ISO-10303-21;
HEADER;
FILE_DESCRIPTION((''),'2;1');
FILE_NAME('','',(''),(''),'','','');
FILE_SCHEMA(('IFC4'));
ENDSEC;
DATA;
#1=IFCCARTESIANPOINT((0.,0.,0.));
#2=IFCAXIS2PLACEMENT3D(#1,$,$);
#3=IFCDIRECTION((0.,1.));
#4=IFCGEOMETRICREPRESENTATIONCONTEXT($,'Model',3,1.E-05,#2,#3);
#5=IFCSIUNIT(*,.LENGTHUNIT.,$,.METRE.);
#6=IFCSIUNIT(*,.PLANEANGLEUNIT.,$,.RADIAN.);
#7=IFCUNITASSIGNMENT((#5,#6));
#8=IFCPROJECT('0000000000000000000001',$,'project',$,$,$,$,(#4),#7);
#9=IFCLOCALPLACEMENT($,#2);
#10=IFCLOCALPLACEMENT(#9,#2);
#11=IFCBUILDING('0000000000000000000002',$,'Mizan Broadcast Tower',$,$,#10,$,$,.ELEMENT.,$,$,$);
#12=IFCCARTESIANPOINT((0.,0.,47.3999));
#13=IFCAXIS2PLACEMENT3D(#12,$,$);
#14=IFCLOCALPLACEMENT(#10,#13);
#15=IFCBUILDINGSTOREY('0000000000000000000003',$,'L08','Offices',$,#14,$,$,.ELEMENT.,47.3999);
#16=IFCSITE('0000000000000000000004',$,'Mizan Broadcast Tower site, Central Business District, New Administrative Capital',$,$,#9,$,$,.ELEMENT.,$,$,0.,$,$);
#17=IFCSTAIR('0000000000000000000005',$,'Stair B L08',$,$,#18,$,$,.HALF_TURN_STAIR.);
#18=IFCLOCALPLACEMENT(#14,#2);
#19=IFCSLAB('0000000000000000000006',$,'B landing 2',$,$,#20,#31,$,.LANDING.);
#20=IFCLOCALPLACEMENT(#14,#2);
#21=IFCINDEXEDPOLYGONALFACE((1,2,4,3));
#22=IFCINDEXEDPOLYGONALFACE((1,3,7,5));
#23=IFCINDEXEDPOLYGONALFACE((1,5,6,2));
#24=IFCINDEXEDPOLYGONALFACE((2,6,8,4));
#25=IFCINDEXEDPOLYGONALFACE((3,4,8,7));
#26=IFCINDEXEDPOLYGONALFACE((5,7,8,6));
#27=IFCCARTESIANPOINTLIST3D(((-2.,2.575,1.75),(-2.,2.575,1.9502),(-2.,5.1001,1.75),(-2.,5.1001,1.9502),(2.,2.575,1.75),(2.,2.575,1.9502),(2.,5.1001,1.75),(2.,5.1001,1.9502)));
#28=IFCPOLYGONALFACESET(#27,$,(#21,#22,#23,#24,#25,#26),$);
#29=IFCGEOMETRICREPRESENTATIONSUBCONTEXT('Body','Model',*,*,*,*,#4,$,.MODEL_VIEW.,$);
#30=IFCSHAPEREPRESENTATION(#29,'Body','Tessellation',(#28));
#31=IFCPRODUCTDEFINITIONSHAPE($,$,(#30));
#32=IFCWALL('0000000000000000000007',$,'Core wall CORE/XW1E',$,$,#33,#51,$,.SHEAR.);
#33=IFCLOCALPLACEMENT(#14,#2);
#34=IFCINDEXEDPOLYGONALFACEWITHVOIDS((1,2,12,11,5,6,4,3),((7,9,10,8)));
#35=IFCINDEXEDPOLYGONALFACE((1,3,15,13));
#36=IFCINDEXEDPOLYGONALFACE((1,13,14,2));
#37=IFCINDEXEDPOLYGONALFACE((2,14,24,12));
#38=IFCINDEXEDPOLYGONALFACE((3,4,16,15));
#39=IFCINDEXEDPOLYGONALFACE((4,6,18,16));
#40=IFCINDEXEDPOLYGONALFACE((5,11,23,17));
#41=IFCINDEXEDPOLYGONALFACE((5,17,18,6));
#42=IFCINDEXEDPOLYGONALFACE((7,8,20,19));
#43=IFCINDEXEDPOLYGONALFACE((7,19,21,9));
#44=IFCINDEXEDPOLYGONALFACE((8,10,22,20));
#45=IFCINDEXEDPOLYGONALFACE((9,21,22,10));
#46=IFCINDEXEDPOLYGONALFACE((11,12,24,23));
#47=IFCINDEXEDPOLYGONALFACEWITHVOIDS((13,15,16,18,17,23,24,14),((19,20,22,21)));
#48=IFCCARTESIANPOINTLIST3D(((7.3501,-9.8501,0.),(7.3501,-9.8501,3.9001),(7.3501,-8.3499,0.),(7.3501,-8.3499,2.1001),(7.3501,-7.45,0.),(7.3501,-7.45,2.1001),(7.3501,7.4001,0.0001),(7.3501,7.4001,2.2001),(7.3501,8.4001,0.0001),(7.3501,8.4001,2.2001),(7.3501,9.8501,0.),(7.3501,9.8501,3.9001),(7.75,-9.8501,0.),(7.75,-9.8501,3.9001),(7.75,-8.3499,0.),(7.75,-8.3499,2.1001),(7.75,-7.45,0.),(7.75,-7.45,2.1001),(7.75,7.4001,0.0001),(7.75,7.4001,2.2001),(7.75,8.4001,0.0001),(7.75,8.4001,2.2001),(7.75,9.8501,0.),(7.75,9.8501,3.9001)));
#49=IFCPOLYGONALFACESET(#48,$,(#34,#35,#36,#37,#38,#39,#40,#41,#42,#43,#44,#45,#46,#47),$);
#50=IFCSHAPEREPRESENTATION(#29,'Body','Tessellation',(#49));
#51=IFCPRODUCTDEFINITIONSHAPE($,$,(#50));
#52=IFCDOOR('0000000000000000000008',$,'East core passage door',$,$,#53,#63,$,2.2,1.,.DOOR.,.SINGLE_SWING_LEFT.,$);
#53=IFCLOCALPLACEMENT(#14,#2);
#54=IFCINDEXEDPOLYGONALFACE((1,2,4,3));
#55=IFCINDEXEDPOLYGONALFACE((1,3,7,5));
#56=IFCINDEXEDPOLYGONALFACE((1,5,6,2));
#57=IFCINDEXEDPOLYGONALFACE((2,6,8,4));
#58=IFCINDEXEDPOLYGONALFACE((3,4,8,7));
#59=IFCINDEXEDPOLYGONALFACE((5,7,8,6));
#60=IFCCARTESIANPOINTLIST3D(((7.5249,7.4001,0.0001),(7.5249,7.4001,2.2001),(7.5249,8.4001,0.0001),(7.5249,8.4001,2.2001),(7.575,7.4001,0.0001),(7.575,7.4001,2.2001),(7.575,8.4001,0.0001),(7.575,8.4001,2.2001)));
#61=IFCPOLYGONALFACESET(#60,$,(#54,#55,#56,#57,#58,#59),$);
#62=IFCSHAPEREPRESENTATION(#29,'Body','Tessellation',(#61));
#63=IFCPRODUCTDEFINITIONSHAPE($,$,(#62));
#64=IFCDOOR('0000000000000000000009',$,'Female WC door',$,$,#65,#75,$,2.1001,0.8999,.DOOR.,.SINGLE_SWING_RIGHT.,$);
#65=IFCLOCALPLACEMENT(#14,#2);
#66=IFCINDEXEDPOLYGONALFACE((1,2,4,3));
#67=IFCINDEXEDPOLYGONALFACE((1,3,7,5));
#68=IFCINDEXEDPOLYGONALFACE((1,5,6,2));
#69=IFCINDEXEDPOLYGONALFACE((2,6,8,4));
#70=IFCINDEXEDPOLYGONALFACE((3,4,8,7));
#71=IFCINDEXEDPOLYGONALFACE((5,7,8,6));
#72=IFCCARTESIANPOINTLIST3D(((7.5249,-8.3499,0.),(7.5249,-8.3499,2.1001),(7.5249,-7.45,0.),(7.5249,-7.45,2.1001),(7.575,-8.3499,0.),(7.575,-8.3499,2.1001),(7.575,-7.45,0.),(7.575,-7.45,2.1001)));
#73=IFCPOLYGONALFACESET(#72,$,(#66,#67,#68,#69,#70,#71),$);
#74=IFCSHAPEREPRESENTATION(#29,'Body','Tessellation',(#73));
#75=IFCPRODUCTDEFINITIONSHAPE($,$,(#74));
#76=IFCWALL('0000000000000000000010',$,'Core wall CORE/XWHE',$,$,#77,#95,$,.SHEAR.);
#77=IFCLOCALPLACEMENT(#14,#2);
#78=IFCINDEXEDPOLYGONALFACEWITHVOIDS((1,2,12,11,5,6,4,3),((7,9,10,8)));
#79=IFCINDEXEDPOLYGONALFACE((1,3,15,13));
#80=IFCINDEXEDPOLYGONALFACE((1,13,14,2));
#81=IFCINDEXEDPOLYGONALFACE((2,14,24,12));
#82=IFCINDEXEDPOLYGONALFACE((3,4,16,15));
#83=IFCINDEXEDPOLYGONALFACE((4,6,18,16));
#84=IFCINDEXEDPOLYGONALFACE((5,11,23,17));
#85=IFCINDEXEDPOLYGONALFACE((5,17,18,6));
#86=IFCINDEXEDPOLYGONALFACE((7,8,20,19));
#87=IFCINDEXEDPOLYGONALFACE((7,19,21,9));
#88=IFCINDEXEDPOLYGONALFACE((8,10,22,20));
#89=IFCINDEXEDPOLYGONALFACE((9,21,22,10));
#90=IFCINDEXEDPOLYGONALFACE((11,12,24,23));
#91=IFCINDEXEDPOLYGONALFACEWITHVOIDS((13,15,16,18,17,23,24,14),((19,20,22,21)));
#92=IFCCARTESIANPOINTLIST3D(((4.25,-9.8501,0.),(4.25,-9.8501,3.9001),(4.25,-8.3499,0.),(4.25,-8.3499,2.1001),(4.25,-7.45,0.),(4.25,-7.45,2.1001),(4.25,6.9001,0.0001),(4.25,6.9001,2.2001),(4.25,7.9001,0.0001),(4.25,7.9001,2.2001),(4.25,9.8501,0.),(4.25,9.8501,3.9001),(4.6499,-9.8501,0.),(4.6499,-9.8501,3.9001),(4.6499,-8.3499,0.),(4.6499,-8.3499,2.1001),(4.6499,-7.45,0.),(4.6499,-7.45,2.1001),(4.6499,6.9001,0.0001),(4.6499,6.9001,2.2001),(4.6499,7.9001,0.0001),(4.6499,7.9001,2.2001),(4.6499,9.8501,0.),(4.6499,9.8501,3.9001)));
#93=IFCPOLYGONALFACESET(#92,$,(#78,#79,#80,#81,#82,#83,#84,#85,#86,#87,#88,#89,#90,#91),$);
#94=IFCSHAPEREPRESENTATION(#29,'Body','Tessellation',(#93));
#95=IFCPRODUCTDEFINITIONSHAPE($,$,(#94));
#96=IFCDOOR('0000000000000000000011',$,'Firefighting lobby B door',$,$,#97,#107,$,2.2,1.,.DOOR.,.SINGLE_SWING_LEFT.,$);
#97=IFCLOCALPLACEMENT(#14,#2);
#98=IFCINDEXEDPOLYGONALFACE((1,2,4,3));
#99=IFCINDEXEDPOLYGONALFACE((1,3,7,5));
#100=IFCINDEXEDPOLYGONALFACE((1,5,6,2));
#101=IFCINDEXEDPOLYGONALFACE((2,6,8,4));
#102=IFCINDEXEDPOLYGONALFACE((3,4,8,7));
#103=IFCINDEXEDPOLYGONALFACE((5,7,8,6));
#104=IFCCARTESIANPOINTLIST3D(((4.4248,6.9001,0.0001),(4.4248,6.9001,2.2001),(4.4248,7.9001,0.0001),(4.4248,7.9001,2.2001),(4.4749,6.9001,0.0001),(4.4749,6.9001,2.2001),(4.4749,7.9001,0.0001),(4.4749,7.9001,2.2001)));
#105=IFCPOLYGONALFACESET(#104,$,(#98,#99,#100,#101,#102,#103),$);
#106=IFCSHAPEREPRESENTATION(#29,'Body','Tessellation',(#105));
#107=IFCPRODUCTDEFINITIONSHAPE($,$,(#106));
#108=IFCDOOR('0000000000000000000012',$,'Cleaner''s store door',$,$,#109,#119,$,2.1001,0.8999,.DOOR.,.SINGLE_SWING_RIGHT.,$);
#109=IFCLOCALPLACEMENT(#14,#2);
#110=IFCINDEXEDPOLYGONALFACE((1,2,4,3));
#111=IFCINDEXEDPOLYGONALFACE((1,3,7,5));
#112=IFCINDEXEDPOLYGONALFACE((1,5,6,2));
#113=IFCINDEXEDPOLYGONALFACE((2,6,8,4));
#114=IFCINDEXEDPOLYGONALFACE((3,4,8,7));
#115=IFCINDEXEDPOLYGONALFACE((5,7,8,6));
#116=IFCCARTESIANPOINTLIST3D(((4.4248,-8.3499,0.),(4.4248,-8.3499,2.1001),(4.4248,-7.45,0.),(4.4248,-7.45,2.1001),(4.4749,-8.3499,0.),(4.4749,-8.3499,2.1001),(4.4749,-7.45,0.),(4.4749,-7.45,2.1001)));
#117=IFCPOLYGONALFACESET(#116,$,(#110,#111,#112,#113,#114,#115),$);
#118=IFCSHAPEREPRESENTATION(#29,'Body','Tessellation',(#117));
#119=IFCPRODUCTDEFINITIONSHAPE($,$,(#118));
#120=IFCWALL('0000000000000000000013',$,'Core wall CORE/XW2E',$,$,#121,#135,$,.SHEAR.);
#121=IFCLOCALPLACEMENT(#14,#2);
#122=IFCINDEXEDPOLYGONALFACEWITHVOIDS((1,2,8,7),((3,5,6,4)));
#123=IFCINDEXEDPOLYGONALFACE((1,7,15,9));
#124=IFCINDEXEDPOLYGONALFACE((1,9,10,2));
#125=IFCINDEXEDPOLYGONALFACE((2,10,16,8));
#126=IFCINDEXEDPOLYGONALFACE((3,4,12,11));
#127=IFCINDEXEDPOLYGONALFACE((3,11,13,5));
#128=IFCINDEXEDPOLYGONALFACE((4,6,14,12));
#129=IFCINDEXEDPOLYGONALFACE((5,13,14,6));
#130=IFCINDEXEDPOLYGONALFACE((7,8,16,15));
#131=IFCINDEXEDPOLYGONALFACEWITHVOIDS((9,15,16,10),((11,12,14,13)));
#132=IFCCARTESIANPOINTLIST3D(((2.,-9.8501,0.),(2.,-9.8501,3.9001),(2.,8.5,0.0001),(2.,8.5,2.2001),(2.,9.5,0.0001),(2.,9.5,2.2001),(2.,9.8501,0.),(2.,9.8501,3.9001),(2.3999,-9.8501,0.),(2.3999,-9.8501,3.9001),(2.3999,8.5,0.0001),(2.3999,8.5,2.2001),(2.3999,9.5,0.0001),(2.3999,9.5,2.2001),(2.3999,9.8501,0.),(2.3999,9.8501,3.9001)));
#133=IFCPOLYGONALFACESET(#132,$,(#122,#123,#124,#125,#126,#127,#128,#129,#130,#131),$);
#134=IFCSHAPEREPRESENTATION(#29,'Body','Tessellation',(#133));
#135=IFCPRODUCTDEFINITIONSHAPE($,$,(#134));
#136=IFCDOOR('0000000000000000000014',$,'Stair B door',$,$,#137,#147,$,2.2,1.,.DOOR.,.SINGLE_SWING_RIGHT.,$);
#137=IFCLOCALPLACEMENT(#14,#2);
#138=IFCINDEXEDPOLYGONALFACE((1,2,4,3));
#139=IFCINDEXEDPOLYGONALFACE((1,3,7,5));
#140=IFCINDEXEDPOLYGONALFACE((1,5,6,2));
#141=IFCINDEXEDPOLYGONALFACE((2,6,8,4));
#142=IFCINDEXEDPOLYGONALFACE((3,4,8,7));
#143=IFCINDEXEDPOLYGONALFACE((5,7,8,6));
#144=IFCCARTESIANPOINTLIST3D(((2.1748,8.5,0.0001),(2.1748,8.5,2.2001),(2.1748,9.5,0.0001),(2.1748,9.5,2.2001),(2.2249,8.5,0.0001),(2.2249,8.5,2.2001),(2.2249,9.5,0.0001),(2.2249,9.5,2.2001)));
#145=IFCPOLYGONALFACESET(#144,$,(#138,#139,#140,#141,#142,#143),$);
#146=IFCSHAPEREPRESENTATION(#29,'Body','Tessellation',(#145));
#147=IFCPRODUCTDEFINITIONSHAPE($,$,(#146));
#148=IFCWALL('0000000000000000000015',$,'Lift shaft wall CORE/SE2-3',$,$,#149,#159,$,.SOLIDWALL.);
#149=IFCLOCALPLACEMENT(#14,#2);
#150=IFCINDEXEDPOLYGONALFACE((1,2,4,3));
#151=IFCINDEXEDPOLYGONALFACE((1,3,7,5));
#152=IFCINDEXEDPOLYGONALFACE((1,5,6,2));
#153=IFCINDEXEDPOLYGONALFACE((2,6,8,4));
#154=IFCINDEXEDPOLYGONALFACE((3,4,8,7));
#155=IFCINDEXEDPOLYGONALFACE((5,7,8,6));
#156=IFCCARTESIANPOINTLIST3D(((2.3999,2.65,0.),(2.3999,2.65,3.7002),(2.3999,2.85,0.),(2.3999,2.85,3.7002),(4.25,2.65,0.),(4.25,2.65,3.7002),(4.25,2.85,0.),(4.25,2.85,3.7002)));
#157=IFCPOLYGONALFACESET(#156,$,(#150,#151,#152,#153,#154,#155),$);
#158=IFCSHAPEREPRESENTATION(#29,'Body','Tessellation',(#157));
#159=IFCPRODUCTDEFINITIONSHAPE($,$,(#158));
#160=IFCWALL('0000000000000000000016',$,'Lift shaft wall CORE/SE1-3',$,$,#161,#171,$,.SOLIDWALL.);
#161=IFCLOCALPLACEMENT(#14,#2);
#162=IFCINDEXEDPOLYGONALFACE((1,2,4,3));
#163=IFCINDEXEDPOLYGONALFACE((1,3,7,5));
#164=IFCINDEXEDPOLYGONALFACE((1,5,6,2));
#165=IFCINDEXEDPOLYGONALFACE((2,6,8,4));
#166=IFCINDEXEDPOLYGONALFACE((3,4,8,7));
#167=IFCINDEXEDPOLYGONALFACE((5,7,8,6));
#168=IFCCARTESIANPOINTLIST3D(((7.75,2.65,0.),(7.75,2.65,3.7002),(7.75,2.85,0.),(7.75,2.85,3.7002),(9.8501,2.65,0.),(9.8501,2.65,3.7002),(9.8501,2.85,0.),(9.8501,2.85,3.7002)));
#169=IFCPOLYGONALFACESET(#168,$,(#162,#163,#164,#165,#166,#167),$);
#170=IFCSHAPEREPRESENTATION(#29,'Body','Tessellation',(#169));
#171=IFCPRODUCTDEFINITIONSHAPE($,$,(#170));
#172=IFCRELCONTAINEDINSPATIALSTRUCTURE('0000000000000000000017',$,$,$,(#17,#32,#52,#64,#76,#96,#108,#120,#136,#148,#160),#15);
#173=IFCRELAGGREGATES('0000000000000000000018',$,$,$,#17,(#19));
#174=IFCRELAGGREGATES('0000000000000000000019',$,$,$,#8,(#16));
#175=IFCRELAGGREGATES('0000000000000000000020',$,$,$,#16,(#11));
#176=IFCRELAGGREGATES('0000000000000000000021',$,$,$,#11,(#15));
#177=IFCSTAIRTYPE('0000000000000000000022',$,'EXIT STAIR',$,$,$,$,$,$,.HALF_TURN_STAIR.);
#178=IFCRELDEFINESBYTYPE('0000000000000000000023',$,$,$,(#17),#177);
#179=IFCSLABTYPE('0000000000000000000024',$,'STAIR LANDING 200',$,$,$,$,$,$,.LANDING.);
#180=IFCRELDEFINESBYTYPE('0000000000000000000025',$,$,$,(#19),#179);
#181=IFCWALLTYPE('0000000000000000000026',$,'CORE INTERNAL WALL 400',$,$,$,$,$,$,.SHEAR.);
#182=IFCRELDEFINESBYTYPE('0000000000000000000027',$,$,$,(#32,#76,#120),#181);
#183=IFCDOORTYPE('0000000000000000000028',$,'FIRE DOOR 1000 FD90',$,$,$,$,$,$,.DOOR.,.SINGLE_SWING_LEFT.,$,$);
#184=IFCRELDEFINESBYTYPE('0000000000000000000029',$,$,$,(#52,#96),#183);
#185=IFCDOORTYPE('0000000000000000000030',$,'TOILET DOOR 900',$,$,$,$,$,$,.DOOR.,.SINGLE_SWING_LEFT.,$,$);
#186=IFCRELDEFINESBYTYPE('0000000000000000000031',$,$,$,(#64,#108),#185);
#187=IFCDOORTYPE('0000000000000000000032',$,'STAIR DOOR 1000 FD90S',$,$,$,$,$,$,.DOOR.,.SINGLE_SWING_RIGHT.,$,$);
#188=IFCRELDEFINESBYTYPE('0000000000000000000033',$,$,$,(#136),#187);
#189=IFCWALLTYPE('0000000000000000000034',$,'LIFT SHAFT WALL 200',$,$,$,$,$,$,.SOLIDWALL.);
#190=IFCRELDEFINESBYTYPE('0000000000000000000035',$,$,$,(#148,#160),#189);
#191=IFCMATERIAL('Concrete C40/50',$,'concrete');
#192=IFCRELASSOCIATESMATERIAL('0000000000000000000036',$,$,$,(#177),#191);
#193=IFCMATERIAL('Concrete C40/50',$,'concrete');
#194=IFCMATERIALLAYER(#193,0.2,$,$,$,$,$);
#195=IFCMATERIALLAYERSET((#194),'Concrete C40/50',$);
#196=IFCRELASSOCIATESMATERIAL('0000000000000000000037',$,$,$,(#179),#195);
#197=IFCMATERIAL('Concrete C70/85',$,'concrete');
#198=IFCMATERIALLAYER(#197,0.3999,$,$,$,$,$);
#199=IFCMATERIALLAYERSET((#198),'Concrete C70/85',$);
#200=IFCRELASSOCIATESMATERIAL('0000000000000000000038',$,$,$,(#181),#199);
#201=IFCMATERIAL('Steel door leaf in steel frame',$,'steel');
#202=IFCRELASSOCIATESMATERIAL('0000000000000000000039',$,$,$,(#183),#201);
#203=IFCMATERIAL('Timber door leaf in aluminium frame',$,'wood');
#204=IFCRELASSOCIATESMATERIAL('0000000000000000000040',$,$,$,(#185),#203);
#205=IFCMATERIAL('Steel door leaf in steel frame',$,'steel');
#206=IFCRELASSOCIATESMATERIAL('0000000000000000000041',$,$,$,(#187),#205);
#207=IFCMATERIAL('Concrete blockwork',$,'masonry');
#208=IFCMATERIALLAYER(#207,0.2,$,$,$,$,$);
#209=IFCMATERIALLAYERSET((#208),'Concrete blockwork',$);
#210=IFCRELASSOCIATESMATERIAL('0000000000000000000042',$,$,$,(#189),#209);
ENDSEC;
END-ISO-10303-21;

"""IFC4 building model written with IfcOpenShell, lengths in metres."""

from ifc_helpers import new_model, si_unit, direction, frame, frame_2d, origin, place, context, subcontext, project, spatial, polyline, rectangle, outline, extrude, material, layer, layer_set, type_object, element, fill, aggregate, save


model = new_model("IFC4")

# Units and contexts
model_context = context("Model", 3, precision=1e-05, world=origin(), true_north=direction((0.0, 1.0)))
body_context = subcontext(model_context, "Body", "Model", "MODEL_VIEW")
ifc_project = project(units=[si_unit("LENGTHUNIT", "METRE"), si_unit("PLANEANGLEUNIT", "RADIAN")], contexts=[model_context])

# Site, building, storey
site_placement = place(None, origin())
site = spatial("IfcSite", under=ifc_project, at=site_placement, Name="Mizan Broadcast Tower site, Central Business District, New Administrative Capital", CompositionType="ELEMENT", RefElevation=0.0)
building_placement = place(site_placement, origin())
building = spatial("IfcBuilding", under=site, at=building_placement, Name="Mizan Broadcast Tower", CompositionType="ELEMENT")
storey_placement = place(building_placement, frame((0.0, 0.0, 47.3999)))
storey = spatial("IfcBuildingStorey", under=building, at=storey_placement, Name="L08", Description="Offices", CompositionType="ELEMENT", Elevation=47.3999)

# Stair, slab
ifc_material_1 = material(Name="Concrete C40/50", Category="concrete")
stair_type = type_object("IfcStairType", Name="EXIT STAIR", PredefinedType="HALF_TURN_STAIR", material=ifc_material_1)
ifc_material_2 = material(Name="Concrete C40/50", Category="concrete")
ifc_layer_1 = layer(ifc_material_2, 0.2)
ifc_layer_set_1 = layer_set([ifc_layer_1], Name="Concrete C40/50")
slab_type = type_object("IfcSlabType", Name="STAIR LANDING 200", PredefinedType="LANDING", material=ifc_layer_set_1)
stair_1_placement = place(storey_placement, origin())
stair_1 = element("IfcStair", 1, at=stair_1_placement, inside=storey, type_object=stair_type, Name="Stair B L08", PredefinedType="HALF_TURN_STAIR")
slab_1_placement = place(storey_placement, frame((0.0, 0.0, 1.75)))
slab_1 = element("IfcSlab", 2, at=slab_1_placement, type_object=slab_type, Name="B landing 2", PredefinedType="LANDING", context=body_context, shape_type="SweptSolid", body=[
    extrude(outline(polyline([(2.0, 5.1001), (2.0, 2.575), (-2.0, 2.575), (-2.0, 5.1001), (2.0, 5.1001)])), origin(), (0.0, 0.0, 1.0), 0.2002),
])

# Walls, openings, doors
ifc_material_3 = material(Name="Concrete C70/85", Category="concrete")
ifc_layer_2 = layer(ifc_material_3, 0.3999)
ifc_layer_set_2 = layer_set([ifc_layer_2], Name="Concrete C70/85")
wall_type_1 = type_object("IfcWallType", Name="CORE INTERNAL WALL 400", PredefinedType="SHEAR", material=ifc_layer_set_2)
wall_1_placement = place(storey_placement, frame((7.55, 9.8501, 0.0), z_axis=(0.0, 0.0, 1.0), x_axis=(0.0, -1.0, 0.0)))
wall_1 = element("IfcWall", 3, at=wall_1_placement, inside=storey, type_object=wall_type_1, Name="Core wall CORE/XW1E", PredefinedType="SHEAR", context=body_context, shape_type="SweptSolid", body=[
    extrude(rectangle(XDim=19.7002, YDim=0.3999, at=frame_2d((9.8501, 0.0))), origin(), (0.0, 0.0, 1.0), 3.9001),
])
opening_1_placement = place(wall_1_placement, frame((1.45, 0.0, 0.0)))
opening_1 = element("IfcOpeningElement", 4, at=opening_1_placement, cuts=wall_1, PredefinedType="OPENING", context=body_context, shape_type="SweptSolid", body=[
    extrude(rectangle(XDim=1.0, YDim=2.2, at=frame_2d((0.5, 1.1001))), frame((0.0, 0.21, 0.0), z_axis=(0.0, -1.0, 0.0), x_axis=(1.0, 0.0, 0.0)), (0.0, 0.0, 1.0), 0.4199),
])
opening_2_placement = place(wall_1_placement, frame((17.3, 0.0, 0.0)))
opening_2 = element("IfcOpeningElement", 5, at=opening_2_placement, cuts=wall_1, PredefinedType="OPENING", context=body_context, shape_type="SweptSolid", body=[
    extrude(rectangle(XDim=0.8999, YDim=2.1001, at=frame_2d((0.45, 1.05))), frame((0.0, 0.21, 0.0), z_axis=(0.0, -1.0, 0.0), x_axis=(1.0, 0.0, 0.0)), (0.0, 0.0, 1.0), 0.4199),
])
ifc_material_4 = material(Name="Steel door leaf in steel frame", Category="steel")
door_type_1 = type_object("IfcDoorType", Name="FIRE DOOR 1000 FD90", OperationType="SINGLE_SWING_LEFT", PredefinedType="DOOR", material=ifc_material_4)
door_1_placement = place(opening_1_placement, origin())
door_1 = element("IfcDoor", 6, at=door_1_placement, inside=storey, type_object=door_type_1, Name="East core passage door", OperationType="SINGLE_SWING_LEFT", OverallHeight=2.2, OverallWidth=1.0, PredefinedType="DOOR", context=body_context, shape_type="SweptSolid", body=[
    extrude(rectangle(XDim=1.0, YDim=2.2, at=frame_2d((0.5, 1.1001))), frame((0.0, 0.0249, 0.0), z_axis=(0.0, -1.0, 0.0), x_axis=(1.0, 0.0, 0.0)), (0.0, 0.0, 1.0), 0.05),
])
fill(opening_1, door_1)
ifc_material_5 = material(Name="Timber door leaf in aluminium frame", Category="wood")
door_type_2 = type_object("IfcDoorType", Name="TOILET DOOR 900", OperationType="SINGLE_SWING_LEFT", PredefinedType="DOOR", material=ifc_material_5)
door_2_placement = place(opening_2_placement, origin())
door_2 = element("IfcDoor", 7, at=door_2_placement, inside=storey, type_object=door_type_2, Name="Female WC door", OperationType="SINGLE_SWING_RIGHT", OverallHeight=2.1001, OverallWidth=0.8999, PredefinedType="DOOR", context=body_context, shape_type="SweptSolid", body=[
    extrude(rectangle(XDim=0.8999, YDim=2.1001, at=frame_2d((0.45, 1.05))), frame((0.0, 0.0249, 0.0), z_axis=(0.0, -1.0, 0.0), x_axis=(1.0, 0.0, 0.0)), (0.0, 0.0, 1.0), 0.05),
])
fill(opening_2, door_2)
wall_2_placement = place(storey_placement, frame((4.45, 9.8501, 0.0), z_axis=(0.0, 0.0, 1.0), x_axis=(0.0, -1.0, 0.0)))
wall_2 = element("IfcWall", 8, at=wall_2_placement, inside=storey, type_object=wall_type_1, Name="Core wall CORE/XWHE", PredefinedType="SHEAR", context=body_context, shape_type="SweptSolid", body=[
    extrude(rectangle(XDim=19.7002, YDim=0.3999, at=frame_2d((9.8501, 0.0))), origin(), (0.0, 0.0, 1.0), 3.9001),
])
opening_3_placement = place(wall_2_placement, frame((1.95, 0.0, 0.0)))
opening_3 = element("IfcOpeningElement", 9, at=opening_3_placement, cuts=wall_2, PredefinedType="OPENING", context=body_context, shape_type="SweptSolid", body=[
    extrude(rectangle(XDim=1.0, YDim=2.2, at=frame_2d((0.5, 1.1001))), frame((0.0, 0.21, 0.0), z_axis=(0.0, -1.0, 0.0), x_axis=(1.0, 0.0, 0.0)), (0.0, 0.0, 1.0), 0.4199),
])
opening_4_placement = place(wall_2_placement, frame((17.3, 0.0, 0.0)))
opening_4 = element("IfcOpeningElement", 10, at=opening_4_placement, cuts=wall_2, PredefinedType="OPENING", context=body_context, shape_type="SweptSolid", body=[
    extrude(rectangle(XDim=0.8999, YDim=2.1001, at=frame_2d((0.45, 1.05))), frame((0.0, 0.21, 0.0), z_axis=(0.0, -1.0, 0.0), x_axis=(1.0, 0.0, 0.0)), (0.0, 0.0, 1.0), 0.4199),
])
door_3_placement = place(opening_3_placement, origin())
door_3 = element("IfcDoor", 11, at=door_3_placement, inside=storey, type_object=door_type_1, Name="Firefighting lobby B door", OperationType="SINGLE_SWING_LEFT", OverallHeight=2.2, OverallWidth=1.0, PredefinedType="DOOR", context=body_context, shape_type="SweptSolid", body=[
    extrude(rectangle(XDim=1.0, YDim=2.2, at=frame_2d((0.5, 1.1001))), frame((0.0, 0.0249, 0.0), z_axis=(0.0, -1.0, 0.0), x_axis=(1.0, 0.0, 0.0)), (0.0, 0.0, 1.0), 0.05),
])
fill(opening_3, door_3)
door_4_placement = place(opening_4_placement, origin())
door_4 = element("IfcDoor", 12, at=door_4_placement, inside=storey, type_object=door_type_2, Name="Cleaner's store door", OperationType="SINGLE_SWING_RIGHT", OverallHeight=2.1001, OverallWidth=0.8999, PredefinedType="DOOR", context=body_context, shape_type="SweptSolid", body=[
    extrude(rectangle(XDim=0.8999, YDim=2.1001, at=frame_2d((0.45, 1.05))), frame((0.0, 0.0249, 0.0), z_axis=(0.0, -1.0, 0.0), x_axis=(1.0, 0.0, 0.0)), (0.0, 0.0, 1.0), 0.05),
])
fill(opening_4, door_4)

# Wall, opening, door
wall_3_placement = place(storey_placement, frame((2.2, 9.8501, 0.0), z_axis=(0.0, 0.0, 1.0), x_axis=(0.0, -1.0, 0.0)))
wall_3 = element("IfcWall", 13, at=wall_3_placement, inside=storey, type_object=wall_type_1, Name="Core wall CORE/XW2E", PredefinedType="SHEAR", context=body_context, shape_type="SweptSolid", body=[
    extrude(rectangle(XDim=19.7002, YDim=0.3999, at=frame_2d((9.8501, 0.0))), origin(), (0.0, 0.0, 1.0), 3.9001),
])
opening_5_placement = place(wall_3_placement, frame((0.3501, 0.0, 0.0)))
opening_5 = element("IfcOpeningElement", 14, at=opening_5_placement, cuts=wall_3, PredefinedType="OPENING", context=body_context, shape_type="SweptSolid", body=[
    extrude(rectangle(XDim=1.0, YDim=2.2, at=frame_2d((0.5, 1.1001))), frame((0.0, 0.21, 0.0), z_axis=(0.0, -1.0, 0.0), x_axis=(1.0, 0.0, 0.0)), (0.0, 0.0, 1.0), 0.4199),
])
ifc_material_6 = material(Name="Steel door leaf in steel frame", Category="steel")
door_type_3 = type_object("IfcDoorType", Name="STAIR DOOR 1000 FD90S", OperationType="SINGLE_SWING_RIGHT", PredefinedType="DOOR", material=ifc_material_6)
door_5_placement = place(opening_5_placement, origin())
door_5 = element("IfcDoor", 15, at=door_5_placement, inside=storey, type_object=door_type_3, Name="Stair B door", OperationType="SINGLE_SWING_RIGHT", OverallHeight=2.2, OverallWidth=1.0, PredefinedType="DOOR", context=body_context, shape_type="SweptSolid", body=[
    extrude(rectangle(XDim=1.0, YDim=2.2, at=frame_2d((0.5, 1.1001))), frame((0.0, 0.0249, 0.0), z_axis=(0.0, -1.0, 0.0), x_axis=(1.0, 0.0, 0.0)), (0.0, 0.0, 1.0), 0.05),
])
fill(opening_5, door_5)

# Walls
ifc_material_7 = material(Name="Concrete blockwork", Category="masonry")
ifc_layer_3 = layer(ifc_material_7, 0.2)
ifc_layer_set_3 = layer_set([ifc_layer_3], Name="Concrete blockwork")
wall_type_2 = type_object("IfcWallType", Name="LIFT SHAFT WALL 200", PredefinedType="SOLIDWALL", material=ifc_layer_set_3)
wall_4_placement = place(storey_placement, frame((2.3999, 2.75, 0.0), z_axis=(0.0, 0.0, 1.0), x_axis=(1.0, 0.0, 0.0)))
element("IfcWall", 16, at=wall_4_placement, inside=storey, type_object=wall_type_2, Name="Lift shaft wall CORE/SE2-3", PredefinedType="SOLIDWALL", context=body_context, shape_type="SweptSolid", body=[
    extrude(rectangle(XDim=1.8501, YDim=0.2, at=frame_2d((0.925, 0.0))), origin(), (0.0, 0.0, 1.0), 3.7002),
])
wall_5_placement = place(storey_placement, frame((7.75, 2.75, 0.0), z_axis=(0.0, 0.0, 1.0), x_axis=(1.0, 0.0, 0.0)))
element("IfcWall", 17, at=wall_5_placement, inside=storey, type_object=wall_type_2, Name="Lift shaft wall CORE/SE1-3", PredefinedType="SOLIDWALL", context=body_context, shape_type="SweptSolid", body=[
    extrude(rectangle(XDim=2.1001, YDim=0.2, at=frame_2d((1.05, 0.0))), origin(), (0.0, 0.0, 1.0), 3.7002),
])

aggregate(stair_1, [slab_1])

save(model, "model.ifc")
